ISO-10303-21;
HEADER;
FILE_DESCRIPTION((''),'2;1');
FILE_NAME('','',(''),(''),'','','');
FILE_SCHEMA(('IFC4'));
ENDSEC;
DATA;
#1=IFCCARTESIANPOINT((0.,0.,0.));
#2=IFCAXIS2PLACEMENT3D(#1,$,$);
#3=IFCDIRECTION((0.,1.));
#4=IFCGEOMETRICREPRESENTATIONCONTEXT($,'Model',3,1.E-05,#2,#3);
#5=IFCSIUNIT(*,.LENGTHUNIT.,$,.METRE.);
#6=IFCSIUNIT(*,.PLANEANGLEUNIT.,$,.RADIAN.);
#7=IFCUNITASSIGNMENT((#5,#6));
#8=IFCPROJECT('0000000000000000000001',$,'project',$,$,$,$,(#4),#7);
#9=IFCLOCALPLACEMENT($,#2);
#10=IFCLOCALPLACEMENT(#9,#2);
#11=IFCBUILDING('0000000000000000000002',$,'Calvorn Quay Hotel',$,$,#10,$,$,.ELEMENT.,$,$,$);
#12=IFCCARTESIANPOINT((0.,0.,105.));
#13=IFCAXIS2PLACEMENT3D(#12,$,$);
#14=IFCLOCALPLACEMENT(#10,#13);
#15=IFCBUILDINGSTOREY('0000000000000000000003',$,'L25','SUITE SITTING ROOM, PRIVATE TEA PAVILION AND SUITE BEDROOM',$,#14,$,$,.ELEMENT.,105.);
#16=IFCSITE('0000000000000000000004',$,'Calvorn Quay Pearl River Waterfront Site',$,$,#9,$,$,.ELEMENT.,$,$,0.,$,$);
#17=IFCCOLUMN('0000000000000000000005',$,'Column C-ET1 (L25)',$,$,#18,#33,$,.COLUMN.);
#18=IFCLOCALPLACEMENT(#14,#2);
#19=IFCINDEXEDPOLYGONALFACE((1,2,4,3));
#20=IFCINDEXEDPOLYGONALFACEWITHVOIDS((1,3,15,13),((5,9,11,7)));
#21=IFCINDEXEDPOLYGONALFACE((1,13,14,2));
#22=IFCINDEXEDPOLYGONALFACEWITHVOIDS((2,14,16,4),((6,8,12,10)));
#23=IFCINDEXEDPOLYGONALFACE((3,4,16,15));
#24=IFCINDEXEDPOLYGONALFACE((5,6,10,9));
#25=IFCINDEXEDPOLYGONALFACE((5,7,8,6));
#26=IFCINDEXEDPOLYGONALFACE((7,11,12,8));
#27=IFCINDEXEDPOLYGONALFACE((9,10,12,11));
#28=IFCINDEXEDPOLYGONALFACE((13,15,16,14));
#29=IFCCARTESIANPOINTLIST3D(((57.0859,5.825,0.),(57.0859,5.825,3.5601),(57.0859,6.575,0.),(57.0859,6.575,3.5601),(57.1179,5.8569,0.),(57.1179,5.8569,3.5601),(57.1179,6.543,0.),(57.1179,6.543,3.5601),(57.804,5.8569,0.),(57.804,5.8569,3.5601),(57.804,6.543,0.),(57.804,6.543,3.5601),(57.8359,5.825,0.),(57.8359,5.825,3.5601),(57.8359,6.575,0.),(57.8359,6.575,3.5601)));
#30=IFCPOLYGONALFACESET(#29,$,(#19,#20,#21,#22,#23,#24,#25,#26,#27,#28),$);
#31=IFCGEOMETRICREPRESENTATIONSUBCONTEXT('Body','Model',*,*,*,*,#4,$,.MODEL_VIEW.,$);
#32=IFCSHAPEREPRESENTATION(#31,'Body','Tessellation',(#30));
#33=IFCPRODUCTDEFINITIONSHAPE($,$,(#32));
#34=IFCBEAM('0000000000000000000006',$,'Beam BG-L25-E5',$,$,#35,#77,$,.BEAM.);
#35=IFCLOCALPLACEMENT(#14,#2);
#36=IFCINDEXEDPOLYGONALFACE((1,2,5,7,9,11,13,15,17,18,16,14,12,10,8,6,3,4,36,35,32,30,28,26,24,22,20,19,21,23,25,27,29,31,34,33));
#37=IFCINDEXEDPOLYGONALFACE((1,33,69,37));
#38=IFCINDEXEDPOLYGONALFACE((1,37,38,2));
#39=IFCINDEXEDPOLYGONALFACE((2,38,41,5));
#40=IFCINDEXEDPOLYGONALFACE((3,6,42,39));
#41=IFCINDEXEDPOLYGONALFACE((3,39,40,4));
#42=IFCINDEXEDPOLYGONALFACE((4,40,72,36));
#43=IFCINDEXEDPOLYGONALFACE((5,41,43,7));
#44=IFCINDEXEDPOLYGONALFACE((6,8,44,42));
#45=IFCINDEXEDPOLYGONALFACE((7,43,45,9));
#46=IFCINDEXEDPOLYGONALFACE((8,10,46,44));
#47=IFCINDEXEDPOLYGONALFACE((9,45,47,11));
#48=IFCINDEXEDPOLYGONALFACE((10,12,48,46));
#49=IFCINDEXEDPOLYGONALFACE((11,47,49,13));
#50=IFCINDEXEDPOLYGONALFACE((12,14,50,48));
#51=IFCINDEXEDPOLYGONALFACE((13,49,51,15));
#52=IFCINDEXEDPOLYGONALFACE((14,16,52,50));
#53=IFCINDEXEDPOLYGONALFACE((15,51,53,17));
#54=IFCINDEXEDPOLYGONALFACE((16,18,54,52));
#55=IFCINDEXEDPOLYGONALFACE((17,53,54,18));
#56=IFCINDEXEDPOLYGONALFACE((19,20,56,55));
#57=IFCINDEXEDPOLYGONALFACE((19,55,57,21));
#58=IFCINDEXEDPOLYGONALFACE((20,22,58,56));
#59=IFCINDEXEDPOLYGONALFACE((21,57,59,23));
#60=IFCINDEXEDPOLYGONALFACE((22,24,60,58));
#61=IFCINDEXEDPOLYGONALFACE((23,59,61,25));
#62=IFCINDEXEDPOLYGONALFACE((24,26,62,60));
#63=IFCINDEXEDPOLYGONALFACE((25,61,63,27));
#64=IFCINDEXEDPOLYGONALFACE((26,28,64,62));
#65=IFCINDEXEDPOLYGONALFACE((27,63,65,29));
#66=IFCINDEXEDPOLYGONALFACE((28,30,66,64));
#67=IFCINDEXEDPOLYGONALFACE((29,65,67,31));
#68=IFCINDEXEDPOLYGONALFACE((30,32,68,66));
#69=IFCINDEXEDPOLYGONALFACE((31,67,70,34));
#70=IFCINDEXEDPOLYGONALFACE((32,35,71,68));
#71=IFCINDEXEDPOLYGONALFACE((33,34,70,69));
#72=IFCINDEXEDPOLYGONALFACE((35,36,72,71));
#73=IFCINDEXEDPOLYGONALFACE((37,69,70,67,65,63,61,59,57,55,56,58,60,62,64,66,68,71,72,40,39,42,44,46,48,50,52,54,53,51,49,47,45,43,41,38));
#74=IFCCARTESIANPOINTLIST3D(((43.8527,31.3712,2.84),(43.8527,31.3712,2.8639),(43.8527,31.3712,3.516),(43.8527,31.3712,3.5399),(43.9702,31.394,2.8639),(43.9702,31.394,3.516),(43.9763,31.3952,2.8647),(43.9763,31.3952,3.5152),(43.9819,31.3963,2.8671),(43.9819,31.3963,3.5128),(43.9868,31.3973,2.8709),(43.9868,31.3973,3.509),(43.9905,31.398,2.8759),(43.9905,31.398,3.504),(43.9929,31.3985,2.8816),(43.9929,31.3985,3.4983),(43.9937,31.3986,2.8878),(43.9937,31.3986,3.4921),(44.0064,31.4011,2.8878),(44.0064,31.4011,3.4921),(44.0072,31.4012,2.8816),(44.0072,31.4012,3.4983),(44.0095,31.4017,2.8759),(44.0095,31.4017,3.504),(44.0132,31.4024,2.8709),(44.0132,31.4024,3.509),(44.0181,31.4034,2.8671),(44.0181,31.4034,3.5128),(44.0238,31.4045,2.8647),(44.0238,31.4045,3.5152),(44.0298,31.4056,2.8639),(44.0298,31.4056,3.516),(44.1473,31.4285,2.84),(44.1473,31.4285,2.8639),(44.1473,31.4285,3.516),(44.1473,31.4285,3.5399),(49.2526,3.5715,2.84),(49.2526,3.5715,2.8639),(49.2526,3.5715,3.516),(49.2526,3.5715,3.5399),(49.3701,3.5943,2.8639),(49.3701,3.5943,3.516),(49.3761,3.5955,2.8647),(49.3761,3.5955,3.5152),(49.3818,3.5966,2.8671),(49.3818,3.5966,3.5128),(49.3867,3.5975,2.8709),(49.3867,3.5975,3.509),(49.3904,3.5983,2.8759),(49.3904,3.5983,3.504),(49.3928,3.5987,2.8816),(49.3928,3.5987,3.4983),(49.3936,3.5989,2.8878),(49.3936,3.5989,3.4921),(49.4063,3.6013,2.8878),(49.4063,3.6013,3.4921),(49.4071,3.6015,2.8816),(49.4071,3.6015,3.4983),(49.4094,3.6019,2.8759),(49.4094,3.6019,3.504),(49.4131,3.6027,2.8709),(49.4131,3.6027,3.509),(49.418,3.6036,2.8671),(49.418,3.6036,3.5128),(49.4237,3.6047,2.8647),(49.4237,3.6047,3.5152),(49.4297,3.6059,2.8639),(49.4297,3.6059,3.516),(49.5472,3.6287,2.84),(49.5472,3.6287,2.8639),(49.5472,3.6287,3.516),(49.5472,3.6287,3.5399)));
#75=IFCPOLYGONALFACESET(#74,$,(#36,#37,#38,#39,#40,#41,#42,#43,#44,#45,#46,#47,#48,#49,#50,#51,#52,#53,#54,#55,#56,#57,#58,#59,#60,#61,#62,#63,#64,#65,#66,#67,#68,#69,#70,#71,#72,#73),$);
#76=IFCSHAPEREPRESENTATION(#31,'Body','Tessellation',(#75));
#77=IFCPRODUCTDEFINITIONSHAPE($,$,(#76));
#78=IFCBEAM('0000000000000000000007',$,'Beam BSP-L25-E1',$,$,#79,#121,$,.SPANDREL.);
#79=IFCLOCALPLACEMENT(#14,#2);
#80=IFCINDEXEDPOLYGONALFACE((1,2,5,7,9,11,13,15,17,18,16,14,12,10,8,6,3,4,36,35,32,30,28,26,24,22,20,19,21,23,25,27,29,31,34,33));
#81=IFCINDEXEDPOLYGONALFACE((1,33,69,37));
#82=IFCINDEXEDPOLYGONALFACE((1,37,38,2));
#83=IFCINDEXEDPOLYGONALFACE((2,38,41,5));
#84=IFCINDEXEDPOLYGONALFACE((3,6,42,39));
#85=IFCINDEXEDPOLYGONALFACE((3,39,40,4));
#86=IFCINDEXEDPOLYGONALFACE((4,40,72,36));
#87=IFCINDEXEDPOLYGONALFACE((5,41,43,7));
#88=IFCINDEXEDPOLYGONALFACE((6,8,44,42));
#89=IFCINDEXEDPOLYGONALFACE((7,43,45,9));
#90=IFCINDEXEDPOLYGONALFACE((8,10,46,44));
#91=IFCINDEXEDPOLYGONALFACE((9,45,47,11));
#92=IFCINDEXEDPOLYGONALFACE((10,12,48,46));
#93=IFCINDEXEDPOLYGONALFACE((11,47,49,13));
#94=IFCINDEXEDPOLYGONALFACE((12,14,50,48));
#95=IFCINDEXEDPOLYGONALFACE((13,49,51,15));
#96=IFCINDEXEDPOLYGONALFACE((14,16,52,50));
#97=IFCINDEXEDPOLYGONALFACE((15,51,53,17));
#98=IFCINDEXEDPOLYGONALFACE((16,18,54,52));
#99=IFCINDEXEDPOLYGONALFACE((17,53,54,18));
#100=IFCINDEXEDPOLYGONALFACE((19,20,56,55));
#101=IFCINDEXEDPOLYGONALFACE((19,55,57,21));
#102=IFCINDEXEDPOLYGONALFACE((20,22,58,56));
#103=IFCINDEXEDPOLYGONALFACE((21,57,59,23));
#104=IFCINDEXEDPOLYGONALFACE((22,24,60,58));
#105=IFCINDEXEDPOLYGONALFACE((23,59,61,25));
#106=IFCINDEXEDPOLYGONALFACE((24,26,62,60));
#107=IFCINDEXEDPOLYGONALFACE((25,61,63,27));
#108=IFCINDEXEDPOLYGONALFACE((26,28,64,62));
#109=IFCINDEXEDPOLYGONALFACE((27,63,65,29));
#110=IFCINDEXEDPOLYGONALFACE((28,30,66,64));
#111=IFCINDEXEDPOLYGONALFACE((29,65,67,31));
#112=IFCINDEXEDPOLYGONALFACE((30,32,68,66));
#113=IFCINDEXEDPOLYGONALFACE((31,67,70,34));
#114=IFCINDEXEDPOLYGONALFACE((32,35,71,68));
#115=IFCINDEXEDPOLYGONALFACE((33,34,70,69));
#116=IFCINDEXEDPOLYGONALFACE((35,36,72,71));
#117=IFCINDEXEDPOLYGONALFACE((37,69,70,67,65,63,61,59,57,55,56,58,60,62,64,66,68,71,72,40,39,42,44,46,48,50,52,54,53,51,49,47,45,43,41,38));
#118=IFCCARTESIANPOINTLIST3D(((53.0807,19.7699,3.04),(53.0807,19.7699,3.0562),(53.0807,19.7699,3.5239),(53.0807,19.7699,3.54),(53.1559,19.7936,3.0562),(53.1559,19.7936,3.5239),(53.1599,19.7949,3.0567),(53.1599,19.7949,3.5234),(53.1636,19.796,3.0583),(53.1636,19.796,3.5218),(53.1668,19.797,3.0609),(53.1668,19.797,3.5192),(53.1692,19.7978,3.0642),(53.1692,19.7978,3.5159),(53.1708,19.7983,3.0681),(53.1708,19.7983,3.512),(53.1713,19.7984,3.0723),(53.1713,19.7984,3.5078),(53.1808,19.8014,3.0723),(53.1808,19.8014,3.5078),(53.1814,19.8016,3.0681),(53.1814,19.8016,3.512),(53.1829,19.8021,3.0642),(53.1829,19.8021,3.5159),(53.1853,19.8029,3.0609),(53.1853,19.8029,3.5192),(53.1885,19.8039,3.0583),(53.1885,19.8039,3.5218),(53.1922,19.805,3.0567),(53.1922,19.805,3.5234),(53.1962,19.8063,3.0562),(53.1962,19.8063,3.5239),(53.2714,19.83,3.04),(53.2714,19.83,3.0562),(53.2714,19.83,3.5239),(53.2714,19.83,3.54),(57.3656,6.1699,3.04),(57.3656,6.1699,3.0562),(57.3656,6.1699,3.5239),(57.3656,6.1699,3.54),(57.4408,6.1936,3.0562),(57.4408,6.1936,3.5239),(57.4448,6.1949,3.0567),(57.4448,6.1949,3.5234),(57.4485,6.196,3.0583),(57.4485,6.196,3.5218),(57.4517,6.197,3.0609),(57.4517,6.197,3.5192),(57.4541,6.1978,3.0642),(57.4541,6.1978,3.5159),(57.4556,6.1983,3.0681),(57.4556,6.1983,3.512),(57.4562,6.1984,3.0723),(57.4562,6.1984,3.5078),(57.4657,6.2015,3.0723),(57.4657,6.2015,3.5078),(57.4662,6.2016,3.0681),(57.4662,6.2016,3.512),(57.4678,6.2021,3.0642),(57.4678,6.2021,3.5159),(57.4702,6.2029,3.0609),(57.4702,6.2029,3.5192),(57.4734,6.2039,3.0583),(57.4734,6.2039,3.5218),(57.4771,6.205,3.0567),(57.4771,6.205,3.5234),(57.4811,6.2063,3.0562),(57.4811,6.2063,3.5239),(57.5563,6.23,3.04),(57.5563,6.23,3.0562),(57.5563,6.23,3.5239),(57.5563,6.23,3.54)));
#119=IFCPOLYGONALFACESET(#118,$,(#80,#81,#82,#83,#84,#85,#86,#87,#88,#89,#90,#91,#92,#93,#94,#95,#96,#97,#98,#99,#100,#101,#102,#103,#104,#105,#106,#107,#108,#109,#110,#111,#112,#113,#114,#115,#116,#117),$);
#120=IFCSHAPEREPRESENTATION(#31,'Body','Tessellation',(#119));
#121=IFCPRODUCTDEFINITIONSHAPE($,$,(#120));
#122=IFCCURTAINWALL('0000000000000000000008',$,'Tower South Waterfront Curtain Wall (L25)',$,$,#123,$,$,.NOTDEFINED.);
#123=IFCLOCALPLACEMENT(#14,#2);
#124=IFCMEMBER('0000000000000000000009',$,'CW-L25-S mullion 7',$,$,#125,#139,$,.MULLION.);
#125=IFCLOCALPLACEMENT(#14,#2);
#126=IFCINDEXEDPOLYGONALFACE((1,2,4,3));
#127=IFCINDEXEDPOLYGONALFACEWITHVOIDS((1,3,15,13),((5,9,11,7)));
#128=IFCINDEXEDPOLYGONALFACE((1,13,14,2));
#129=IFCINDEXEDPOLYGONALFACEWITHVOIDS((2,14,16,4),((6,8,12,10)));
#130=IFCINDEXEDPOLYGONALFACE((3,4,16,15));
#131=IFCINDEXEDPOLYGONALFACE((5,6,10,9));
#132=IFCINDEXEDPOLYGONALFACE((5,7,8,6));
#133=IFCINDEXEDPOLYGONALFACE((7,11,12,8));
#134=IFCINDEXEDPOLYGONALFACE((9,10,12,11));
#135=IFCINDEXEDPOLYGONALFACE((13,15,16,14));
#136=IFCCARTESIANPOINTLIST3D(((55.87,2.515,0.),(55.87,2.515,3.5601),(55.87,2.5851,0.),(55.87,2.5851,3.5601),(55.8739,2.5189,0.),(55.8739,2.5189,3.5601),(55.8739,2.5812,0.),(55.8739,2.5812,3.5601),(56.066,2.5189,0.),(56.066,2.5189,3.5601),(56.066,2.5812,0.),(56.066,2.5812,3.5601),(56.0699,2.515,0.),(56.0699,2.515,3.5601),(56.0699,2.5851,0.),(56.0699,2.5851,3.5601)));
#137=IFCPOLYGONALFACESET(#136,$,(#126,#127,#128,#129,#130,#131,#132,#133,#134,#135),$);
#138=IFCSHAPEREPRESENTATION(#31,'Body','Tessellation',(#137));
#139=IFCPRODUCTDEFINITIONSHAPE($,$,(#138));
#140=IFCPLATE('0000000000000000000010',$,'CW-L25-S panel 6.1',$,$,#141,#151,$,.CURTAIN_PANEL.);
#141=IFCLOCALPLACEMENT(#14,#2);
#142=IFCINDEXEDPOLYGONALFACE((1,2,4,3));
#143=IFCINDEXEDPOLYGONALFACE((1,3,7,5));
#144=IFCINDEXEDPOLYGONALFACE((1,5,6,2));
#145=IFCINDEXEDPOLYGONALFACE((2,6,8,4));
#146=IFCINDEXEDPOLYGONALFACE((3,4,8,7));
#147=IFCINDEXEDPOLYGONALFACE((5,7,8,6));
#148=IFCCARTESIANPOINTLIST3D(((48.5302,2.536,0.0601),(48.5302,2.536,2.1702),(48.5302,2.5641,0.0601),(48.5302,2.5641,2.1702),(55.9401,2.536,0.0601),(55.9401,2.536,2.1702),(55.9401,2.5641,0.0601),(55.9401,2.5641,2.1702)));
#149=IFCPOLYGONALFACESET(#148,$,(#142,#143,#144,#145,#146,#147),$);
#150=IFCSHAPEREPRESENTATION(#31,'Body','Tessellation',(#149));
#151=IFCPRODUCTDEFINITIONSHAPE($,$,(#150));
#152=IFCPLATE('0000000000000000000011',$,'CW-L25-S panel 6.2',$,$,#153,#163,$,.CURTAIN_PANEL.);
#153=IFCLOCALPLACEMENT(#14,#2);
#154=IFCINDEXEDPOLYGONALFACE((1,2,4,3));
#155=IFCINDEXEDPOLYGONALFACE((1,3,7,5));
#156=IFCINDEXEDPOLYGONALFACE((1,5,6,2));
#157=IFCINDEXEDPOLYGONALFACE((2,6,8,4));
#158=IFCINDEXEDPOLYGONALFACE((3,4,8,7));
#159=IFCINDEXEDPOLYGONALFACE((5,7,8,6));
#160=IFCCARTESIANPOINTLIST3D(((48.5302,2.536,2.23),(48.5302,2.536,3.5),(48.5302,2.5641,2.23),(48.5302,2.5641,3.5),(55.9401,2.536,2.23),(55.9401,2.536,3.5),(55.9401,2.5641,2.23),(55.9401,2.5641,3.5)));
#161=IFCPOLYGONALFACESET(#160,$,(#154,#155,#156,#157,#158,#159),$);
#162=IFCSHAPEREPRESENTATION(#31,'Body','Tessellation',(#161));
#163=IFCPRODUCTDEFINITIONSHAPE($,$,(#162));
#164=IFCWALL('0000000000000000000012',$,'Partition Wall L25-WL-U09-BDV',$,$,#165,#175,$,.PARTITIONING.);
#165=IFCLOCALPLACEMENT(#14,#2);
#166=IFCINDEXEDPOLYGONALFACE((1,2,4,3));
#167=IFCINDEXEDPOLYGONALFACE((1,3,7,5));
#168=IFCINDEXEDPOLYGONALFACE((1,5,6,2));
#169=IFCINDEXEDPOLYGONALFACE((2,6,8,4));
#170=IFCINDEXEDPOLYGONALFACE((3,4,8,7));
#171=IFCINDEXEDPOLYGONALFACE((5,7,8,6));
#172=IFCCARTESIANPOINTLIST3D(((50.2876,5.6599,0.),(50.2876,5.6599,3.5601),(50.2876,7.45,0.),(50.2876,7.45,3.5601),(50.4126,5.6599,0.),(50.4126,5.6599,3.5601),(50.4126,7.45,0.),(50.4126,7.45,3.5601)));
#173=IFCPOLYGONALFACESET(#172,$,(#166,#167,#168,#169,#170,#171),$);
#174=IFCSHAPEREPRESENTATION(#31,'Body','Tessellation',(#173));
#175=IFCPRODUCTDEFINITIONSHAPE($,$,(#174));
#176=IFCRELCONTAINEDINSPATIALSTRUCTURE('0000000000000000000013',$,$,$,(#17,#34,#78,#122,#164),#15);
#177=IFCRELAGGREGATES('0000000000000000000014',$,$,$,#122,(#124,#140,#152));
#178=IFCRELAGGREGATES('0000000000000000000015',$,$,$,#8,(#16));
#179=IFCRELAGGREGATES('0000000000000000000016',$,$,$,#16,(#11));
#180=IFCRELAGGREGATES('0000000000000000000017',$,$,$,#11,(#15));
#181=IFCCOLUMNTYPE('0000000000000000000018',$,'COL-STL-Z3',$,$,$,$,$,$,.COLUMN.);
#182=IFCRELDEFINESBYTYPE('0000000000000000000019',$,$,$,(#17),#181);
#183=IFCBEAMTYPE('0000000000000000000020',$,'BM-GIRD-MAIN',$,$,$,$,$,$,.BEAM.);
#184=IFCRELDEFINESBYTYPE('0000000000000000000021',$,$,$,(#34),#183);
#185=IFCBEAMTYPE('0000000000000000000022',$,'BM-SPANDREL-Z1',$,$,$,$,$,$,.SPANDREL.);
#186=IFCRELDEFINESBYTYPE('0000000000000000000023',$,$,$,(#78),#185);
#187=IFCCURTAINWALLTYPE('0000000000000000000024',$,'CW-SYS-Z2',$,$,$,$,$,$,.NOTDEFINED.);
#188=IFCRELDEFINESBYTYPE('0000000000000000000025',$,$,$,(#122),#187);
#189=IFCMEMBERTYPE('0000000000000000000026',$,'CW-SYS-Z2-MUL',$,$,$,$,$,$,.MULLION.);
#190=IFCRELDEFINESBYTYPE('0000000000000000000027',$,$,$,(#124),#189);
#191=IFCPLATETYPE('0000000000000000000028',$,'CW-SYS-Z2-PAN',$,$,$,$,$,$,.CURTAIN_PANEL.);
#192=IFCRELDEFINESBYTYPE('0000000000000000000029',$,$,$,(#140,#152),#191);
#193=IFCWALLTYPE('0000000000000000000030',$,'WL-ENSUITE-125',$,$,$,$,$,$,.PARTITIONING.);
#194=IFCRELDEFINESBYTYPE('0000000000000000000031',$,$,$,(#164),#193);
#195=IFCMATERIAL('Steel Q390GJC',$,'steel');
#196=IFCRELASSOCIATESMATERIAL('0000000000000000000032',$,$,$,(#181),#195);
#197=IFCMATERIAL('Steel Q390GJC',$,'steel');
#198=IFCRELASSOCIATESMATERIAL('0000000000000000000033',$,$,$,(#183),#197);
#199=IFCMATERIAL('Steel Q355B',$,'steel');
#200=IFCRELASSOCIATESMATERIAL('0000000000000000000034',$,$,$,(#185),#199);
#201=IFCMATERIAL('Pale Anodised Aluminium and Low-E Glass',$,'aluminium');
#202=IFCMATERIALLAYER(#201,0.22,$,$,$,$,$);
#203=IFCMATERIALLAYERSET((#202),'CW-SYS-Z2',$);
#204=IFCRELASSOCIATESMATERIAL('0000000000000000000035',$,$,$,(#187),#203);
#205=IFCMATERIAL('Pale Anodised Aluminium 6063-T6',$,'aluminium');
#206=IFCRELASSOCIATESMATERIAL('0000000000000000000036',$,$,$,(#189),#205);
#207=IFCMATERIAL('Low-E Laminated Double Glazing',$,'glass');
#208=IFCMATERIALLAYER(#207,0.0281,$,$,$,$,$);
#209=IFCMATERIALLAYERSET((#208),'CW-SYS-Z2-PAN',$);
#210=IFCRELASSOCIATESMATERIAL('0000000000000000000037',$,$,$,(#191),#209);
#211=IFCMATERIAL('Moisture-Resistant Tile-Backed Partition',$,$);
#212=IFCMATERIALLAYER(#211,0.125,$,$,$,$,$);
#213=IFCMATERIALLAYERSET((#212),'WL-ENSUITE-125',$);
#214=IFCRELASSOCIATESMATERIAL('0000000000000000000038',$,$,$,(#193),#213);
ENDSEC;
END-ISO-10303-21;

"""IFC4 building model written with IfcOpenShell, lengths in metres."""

from ifc_helpers import new_model, si_unit, direction, frame, frame_2d, origin, origin_2d, place, context, subcontext, project, spatial, rectangle, hollow_rectangle, i_section, extrude, material, layer, layer_set, material_profile, profile_set, type_object, element, aggregate, save


model = new_model("IFC4")

# Units and contexts
model_context = context("Model", 3, precision=1e-05, world=origin(), true_north=direction((0.0, 1.0)))
body_context = subcontext(model_context, "Body", "Model", "MODEL_VIEW")
ifc_project = project(units=[si_unit("LENGTHUNIT", "METRE"), si_unit("PLANEANGLEUNIT", "RADIAN")], contexts=[model_context])

# Site, building, storey
site_placement = place(None, origin())
site = spatial("IfcSite", under=ifc_project, at=site_placement, Name="Calvorn Quay Pearl River Waterfront Site", CompositionType="ELEMENT", RefElevation=0.0)
building_placement = place(site_placement, origin())
building = spatial("IfcBuilding", under=site, at=building_placement, Name="Calvorn Quay Hotel", CompositionType="ELEMENT")
storey_placement = place(building_placement, frame((0.0, 0.0, 105.0)))
storey = spatial("IfcBuildingStorey", under=building, at=storey_placement, Name="L25", Description="SUITE SITTING ROOM, PRIVATE TEA PAVILION AND SUITE BEDROOM", CompositionType="ELEMENT", Elevation=105.0)

# Column
ifc_material_1 = material(Name="Steel Q390GJC", Category="steel")
ifc_material_profile_1 = material_profile(ifc_material_1, hollow_rectangle(XDim=0.75, YDim=0.75, WallThickness=0.032, at=origin_2d()), Name="BOX750x750x32")
ifc_profile_set_1 = profile_set([ifc_material_profile_1], Name="Steel Q390GJC")
column_type = type_object("IfcColumnType", Name="COL-STL-Z3", PredefinedType="COLUMN", material=ifc_profile_set_1)
column_placement = place(storey_placement, frame((57.4609, 6.2, 0.0), z_axis=(0.0, 0.0, 1.0), x_axis=(1.0, 0.0, 0.0)))
element("IfcColumn", 1, at=column_placement, inside=storey, type_object=column_type, Name="Column C-ET1 (L25)", PredefinedType="COLUMN", context=body_context, shape_type="SweptSolid", body=[
    extrude(hollow_rectangle(XDim=0.75, YDim=0.75, WallThickness=0.032, at=origin_2d()), origin(), (0.0, 0.0, 1.0), 3.5601),
])

# Beams
ifc_material_2 = material(Name="Steel Q390GJC", Category="steel")
ifc_material_profile_2 = material_profile(ifc_material_2, i_section(OverallWidth=0.3, OverallDepth=0.7, WebThickness=0.0129, FlangeThickness=0.0239, FilletRadius=0.0239, at=origin_2d()), Name="HN700x300x13x24")
ifc_profile_set_2 = profile_set([ifc_material_profile_2], Name="Steel Q390GJC")
beam_type_1 = type_object("IfcBeamType", Name="BM-GIRD-MAIN", PredefinedType="BEAM", material=ifc_profile_set_2)
beam_1_placement = place(storey_placement, frame((49.3999, 3.6001, 3.1899), z_axis=(-0.190679, 0.981653, 0.0), x_axis=(-0.981653, -0.190679, 0.0)))
element("IfcBeam", 2, at=beam_1_placement, inside=storey, type_object=beam_type_1, Name="Beam BG-L25-E5", PredefinedType="BEAM", context=body_context, shape_type="SweptSolid", body=[
    extrude(i_section(OverallWidth=0.3, OverallDepth=0.7, WebThickness=0.0129, FlangeThickness=0.0239, FilletRadius=0.0239, at=origin_2d()), origin(), (0.0, 0.0, 1.0), 28.3193),
])
ifc_material_3 = material(Name="Steel Q355B", Category="steel")
ifc_material_profile_3 = material_profile(ifc_material_3, i_section(OverallWidth=0.2, OverallDepth=0.5, WebThickness=0.01, FlangeThickness=0.0161, FilletRadius=0.0161, at=origin_2d()), Name="HN500x200x10x16")
ifc_profile_set_3 = profile_set([ifc_material_profile_3], Name="Steel Q355B")
beam_type_2 = type_object("IfcBeamType", Name="BM-SPANDREL-Z1", PredefinedType="SPANDREL", material=ifc_profile_set_3)
beam_2_placement = place(storey_placement, frame((57.4609, 6.2, 3.29), z_axis=(-0.300503, 0.953781, 0.0), x_axis=(-0.953781, -0.300503, 0.0)))
element("IfcBeam", 3, at=beam_2_placement, inside=storey, type_object=beam_type_2, Name="Beam BSP-L25-E1", PredefinedType="SPANDREL", context=body_context, shape_type="SweptSolid", body=[
    extrude(i_section(OverallWidth=0.2, OverallDepth=0.5, WebThickness=0.01, FlangeThickness=0.0161, FilletRadius=0.0161, at=origin_2d()), origin(), (0.0, 0.0, 1.0), 14.259),
])

# Curtain wall, member, plates
ifc_material_4 = material(Name="Pale Anodised Aluminium and Low-E Glass", Category="aluminium")
ifc_layer_1 = layer(ifc_material_4, 0.22)
ifc_layer_set_1 = layer_set([ifc_layer_1], Name="CW-SYS-Z2")
curtain_wall_type = type_object("IfcCurtainWallType", Name="CW-SYS-Z2", PredefinedType="NOTDEFINED", material=ifc_layer_set_1)
curtain_wall_placement = place(storey_placement, origin())
curtain_wall = element("IfcCurtainWall", 4, at=curtain_wall_placement, inside=storey, type_object=curtain_wall_type, Name="Tower South Waterfront Curtain Wall (L25)", PredefinedType="NOTDEFINED")
ifc_material_5 = material(Name="Pale Anodised Aluminium 6063-T6", Category="aluminium")
ifc_material_profile_4 = material_profile(ifc_material_5, hollow_rectangle(XDim=0.0701, YDim=0.2, WallThickness=0.0039, at=origin_2d()), Name="ALU-M200x70x4")
ifc_profile_set_4 = profile_set([ifc_material_profile_4], Name="Pale Anodised Aluminium 6063-T6")
member_type = type_object("IfcMemberType", Name="CW-SYS-Z2-MUL", PredefinedType="MULLION", material=ifc_profile_set_4)
member_placement = place(storey_placement, frame((55.97, 2.55, 0.0), z_axis=(0.0, 0.0, 1.0), x_axis=(0.0, 1.0, 0.0)))
member = element("IfcMember", 5, at=member_placement, type_object=member_type, Name="CW-L25-S mullion 7", PredefinedType="MULLION", context=body_context, shape_type="SweptSolid", body=[
    extrude(hollow_rectangle(XDim=0.0701, YDim=0.2, WallThickness=0.0039, at=origin_2d()), origin(), (0.0, 0.0, 1.0), 3.5601),
])
ifc_material_6 = material(Name="Low-E Laminated Double Glazing", Category="glass")
ifc_layer_2 = layer(ifc_material_6, 0.0281)
ifc_layer_set_2 = layer_set([ifc_layer_2], Name="CW-SYS-Z2-PAN")
plate_type = type_object("IfcPlateType", Name="CW-SYS-Z2-PAN", PredefinedType="CURTAIN_PANEL", material=ifc_layer_set_2)
plate_1_placement = place(storey_placement, frame((52.2351, 2.55, 0.0601), z_axis=(0.0, 0.0, 1.0), x_axis=(1.0, 0.0, 0.0)))
plate_1 = element("IfcPlate", 6, at=plate_1_placement, type_object=plate_type, Name="CW-L25-S panel 6.1", PredefinedType="CURTAIN_PANEL", context=body_context, shape_type="SweptSolid", body=[
    extrude(rectangle(XDim=7.4099, YDim=0.0281, at=origin_2d()), origin(), (0.0, 0.0, 1.0), 2.1101),
])
plate_2_placement = place(storey_placement, frame((52.2351, 2.55, 2.23), z_axis=(0.0, 0.0, 1.0), x_axis=(1.0, 0.0, 0.0)))
plate_2 = element("IfcPlate", 7, at=plate_2_placement, type_object=plate_type, Name="CW-L25-S panel 6.2", PredefinedType="CURTAIN_PANEL", context=body_context, shape_type="SweptSolid", body=[
    extrude(rectangle(XDim=7.4099, YDim=0.0281, at=origin_2d()), origin(), (0.0, 0.0, 1.0), 1.27),
])
aggregate(curtain_wall, [member, plate_1, plate_2])

# Wall
ifc_material_7 = material(Name="Moisture-Resistant Tile-Backed Partition")
ifc_layer_3 = layer(ifc_material_7, 0.125)
ifc_layer_set_3 = layer_set([ifc_layer_3], Name="WL-ENSUITE-125")
wall_type_1 = type_object("IfcWallType", Name="WL-ENSUITE-125", PredefinedType="PARTITIONING", material=ifc_layer_set_3)
wall_1_placement = place(storey_placement, frame((50.3501, 5.6599, 0.0), z_axis=(0.0, 0.0, 1.0), x_axis=(0.0, 1.0, 0.0)))
element("IfcWall", 8, at=wall_1_placement, inside=storey, type_object=wall_type_1, Name="Partition Wall L25-WL-U09-BDV", PredefinedType="PARTITIONING", context=body_context, shape_type="SweptSolid", body=[
    extrude(rectangle(XDim=1.79, YDim=0.125, at=frame_2d((0.895, 0.0))), origin(), (0.0, 0.0, 1.0), 3.5601),
])

save(model, "model.ifc")
